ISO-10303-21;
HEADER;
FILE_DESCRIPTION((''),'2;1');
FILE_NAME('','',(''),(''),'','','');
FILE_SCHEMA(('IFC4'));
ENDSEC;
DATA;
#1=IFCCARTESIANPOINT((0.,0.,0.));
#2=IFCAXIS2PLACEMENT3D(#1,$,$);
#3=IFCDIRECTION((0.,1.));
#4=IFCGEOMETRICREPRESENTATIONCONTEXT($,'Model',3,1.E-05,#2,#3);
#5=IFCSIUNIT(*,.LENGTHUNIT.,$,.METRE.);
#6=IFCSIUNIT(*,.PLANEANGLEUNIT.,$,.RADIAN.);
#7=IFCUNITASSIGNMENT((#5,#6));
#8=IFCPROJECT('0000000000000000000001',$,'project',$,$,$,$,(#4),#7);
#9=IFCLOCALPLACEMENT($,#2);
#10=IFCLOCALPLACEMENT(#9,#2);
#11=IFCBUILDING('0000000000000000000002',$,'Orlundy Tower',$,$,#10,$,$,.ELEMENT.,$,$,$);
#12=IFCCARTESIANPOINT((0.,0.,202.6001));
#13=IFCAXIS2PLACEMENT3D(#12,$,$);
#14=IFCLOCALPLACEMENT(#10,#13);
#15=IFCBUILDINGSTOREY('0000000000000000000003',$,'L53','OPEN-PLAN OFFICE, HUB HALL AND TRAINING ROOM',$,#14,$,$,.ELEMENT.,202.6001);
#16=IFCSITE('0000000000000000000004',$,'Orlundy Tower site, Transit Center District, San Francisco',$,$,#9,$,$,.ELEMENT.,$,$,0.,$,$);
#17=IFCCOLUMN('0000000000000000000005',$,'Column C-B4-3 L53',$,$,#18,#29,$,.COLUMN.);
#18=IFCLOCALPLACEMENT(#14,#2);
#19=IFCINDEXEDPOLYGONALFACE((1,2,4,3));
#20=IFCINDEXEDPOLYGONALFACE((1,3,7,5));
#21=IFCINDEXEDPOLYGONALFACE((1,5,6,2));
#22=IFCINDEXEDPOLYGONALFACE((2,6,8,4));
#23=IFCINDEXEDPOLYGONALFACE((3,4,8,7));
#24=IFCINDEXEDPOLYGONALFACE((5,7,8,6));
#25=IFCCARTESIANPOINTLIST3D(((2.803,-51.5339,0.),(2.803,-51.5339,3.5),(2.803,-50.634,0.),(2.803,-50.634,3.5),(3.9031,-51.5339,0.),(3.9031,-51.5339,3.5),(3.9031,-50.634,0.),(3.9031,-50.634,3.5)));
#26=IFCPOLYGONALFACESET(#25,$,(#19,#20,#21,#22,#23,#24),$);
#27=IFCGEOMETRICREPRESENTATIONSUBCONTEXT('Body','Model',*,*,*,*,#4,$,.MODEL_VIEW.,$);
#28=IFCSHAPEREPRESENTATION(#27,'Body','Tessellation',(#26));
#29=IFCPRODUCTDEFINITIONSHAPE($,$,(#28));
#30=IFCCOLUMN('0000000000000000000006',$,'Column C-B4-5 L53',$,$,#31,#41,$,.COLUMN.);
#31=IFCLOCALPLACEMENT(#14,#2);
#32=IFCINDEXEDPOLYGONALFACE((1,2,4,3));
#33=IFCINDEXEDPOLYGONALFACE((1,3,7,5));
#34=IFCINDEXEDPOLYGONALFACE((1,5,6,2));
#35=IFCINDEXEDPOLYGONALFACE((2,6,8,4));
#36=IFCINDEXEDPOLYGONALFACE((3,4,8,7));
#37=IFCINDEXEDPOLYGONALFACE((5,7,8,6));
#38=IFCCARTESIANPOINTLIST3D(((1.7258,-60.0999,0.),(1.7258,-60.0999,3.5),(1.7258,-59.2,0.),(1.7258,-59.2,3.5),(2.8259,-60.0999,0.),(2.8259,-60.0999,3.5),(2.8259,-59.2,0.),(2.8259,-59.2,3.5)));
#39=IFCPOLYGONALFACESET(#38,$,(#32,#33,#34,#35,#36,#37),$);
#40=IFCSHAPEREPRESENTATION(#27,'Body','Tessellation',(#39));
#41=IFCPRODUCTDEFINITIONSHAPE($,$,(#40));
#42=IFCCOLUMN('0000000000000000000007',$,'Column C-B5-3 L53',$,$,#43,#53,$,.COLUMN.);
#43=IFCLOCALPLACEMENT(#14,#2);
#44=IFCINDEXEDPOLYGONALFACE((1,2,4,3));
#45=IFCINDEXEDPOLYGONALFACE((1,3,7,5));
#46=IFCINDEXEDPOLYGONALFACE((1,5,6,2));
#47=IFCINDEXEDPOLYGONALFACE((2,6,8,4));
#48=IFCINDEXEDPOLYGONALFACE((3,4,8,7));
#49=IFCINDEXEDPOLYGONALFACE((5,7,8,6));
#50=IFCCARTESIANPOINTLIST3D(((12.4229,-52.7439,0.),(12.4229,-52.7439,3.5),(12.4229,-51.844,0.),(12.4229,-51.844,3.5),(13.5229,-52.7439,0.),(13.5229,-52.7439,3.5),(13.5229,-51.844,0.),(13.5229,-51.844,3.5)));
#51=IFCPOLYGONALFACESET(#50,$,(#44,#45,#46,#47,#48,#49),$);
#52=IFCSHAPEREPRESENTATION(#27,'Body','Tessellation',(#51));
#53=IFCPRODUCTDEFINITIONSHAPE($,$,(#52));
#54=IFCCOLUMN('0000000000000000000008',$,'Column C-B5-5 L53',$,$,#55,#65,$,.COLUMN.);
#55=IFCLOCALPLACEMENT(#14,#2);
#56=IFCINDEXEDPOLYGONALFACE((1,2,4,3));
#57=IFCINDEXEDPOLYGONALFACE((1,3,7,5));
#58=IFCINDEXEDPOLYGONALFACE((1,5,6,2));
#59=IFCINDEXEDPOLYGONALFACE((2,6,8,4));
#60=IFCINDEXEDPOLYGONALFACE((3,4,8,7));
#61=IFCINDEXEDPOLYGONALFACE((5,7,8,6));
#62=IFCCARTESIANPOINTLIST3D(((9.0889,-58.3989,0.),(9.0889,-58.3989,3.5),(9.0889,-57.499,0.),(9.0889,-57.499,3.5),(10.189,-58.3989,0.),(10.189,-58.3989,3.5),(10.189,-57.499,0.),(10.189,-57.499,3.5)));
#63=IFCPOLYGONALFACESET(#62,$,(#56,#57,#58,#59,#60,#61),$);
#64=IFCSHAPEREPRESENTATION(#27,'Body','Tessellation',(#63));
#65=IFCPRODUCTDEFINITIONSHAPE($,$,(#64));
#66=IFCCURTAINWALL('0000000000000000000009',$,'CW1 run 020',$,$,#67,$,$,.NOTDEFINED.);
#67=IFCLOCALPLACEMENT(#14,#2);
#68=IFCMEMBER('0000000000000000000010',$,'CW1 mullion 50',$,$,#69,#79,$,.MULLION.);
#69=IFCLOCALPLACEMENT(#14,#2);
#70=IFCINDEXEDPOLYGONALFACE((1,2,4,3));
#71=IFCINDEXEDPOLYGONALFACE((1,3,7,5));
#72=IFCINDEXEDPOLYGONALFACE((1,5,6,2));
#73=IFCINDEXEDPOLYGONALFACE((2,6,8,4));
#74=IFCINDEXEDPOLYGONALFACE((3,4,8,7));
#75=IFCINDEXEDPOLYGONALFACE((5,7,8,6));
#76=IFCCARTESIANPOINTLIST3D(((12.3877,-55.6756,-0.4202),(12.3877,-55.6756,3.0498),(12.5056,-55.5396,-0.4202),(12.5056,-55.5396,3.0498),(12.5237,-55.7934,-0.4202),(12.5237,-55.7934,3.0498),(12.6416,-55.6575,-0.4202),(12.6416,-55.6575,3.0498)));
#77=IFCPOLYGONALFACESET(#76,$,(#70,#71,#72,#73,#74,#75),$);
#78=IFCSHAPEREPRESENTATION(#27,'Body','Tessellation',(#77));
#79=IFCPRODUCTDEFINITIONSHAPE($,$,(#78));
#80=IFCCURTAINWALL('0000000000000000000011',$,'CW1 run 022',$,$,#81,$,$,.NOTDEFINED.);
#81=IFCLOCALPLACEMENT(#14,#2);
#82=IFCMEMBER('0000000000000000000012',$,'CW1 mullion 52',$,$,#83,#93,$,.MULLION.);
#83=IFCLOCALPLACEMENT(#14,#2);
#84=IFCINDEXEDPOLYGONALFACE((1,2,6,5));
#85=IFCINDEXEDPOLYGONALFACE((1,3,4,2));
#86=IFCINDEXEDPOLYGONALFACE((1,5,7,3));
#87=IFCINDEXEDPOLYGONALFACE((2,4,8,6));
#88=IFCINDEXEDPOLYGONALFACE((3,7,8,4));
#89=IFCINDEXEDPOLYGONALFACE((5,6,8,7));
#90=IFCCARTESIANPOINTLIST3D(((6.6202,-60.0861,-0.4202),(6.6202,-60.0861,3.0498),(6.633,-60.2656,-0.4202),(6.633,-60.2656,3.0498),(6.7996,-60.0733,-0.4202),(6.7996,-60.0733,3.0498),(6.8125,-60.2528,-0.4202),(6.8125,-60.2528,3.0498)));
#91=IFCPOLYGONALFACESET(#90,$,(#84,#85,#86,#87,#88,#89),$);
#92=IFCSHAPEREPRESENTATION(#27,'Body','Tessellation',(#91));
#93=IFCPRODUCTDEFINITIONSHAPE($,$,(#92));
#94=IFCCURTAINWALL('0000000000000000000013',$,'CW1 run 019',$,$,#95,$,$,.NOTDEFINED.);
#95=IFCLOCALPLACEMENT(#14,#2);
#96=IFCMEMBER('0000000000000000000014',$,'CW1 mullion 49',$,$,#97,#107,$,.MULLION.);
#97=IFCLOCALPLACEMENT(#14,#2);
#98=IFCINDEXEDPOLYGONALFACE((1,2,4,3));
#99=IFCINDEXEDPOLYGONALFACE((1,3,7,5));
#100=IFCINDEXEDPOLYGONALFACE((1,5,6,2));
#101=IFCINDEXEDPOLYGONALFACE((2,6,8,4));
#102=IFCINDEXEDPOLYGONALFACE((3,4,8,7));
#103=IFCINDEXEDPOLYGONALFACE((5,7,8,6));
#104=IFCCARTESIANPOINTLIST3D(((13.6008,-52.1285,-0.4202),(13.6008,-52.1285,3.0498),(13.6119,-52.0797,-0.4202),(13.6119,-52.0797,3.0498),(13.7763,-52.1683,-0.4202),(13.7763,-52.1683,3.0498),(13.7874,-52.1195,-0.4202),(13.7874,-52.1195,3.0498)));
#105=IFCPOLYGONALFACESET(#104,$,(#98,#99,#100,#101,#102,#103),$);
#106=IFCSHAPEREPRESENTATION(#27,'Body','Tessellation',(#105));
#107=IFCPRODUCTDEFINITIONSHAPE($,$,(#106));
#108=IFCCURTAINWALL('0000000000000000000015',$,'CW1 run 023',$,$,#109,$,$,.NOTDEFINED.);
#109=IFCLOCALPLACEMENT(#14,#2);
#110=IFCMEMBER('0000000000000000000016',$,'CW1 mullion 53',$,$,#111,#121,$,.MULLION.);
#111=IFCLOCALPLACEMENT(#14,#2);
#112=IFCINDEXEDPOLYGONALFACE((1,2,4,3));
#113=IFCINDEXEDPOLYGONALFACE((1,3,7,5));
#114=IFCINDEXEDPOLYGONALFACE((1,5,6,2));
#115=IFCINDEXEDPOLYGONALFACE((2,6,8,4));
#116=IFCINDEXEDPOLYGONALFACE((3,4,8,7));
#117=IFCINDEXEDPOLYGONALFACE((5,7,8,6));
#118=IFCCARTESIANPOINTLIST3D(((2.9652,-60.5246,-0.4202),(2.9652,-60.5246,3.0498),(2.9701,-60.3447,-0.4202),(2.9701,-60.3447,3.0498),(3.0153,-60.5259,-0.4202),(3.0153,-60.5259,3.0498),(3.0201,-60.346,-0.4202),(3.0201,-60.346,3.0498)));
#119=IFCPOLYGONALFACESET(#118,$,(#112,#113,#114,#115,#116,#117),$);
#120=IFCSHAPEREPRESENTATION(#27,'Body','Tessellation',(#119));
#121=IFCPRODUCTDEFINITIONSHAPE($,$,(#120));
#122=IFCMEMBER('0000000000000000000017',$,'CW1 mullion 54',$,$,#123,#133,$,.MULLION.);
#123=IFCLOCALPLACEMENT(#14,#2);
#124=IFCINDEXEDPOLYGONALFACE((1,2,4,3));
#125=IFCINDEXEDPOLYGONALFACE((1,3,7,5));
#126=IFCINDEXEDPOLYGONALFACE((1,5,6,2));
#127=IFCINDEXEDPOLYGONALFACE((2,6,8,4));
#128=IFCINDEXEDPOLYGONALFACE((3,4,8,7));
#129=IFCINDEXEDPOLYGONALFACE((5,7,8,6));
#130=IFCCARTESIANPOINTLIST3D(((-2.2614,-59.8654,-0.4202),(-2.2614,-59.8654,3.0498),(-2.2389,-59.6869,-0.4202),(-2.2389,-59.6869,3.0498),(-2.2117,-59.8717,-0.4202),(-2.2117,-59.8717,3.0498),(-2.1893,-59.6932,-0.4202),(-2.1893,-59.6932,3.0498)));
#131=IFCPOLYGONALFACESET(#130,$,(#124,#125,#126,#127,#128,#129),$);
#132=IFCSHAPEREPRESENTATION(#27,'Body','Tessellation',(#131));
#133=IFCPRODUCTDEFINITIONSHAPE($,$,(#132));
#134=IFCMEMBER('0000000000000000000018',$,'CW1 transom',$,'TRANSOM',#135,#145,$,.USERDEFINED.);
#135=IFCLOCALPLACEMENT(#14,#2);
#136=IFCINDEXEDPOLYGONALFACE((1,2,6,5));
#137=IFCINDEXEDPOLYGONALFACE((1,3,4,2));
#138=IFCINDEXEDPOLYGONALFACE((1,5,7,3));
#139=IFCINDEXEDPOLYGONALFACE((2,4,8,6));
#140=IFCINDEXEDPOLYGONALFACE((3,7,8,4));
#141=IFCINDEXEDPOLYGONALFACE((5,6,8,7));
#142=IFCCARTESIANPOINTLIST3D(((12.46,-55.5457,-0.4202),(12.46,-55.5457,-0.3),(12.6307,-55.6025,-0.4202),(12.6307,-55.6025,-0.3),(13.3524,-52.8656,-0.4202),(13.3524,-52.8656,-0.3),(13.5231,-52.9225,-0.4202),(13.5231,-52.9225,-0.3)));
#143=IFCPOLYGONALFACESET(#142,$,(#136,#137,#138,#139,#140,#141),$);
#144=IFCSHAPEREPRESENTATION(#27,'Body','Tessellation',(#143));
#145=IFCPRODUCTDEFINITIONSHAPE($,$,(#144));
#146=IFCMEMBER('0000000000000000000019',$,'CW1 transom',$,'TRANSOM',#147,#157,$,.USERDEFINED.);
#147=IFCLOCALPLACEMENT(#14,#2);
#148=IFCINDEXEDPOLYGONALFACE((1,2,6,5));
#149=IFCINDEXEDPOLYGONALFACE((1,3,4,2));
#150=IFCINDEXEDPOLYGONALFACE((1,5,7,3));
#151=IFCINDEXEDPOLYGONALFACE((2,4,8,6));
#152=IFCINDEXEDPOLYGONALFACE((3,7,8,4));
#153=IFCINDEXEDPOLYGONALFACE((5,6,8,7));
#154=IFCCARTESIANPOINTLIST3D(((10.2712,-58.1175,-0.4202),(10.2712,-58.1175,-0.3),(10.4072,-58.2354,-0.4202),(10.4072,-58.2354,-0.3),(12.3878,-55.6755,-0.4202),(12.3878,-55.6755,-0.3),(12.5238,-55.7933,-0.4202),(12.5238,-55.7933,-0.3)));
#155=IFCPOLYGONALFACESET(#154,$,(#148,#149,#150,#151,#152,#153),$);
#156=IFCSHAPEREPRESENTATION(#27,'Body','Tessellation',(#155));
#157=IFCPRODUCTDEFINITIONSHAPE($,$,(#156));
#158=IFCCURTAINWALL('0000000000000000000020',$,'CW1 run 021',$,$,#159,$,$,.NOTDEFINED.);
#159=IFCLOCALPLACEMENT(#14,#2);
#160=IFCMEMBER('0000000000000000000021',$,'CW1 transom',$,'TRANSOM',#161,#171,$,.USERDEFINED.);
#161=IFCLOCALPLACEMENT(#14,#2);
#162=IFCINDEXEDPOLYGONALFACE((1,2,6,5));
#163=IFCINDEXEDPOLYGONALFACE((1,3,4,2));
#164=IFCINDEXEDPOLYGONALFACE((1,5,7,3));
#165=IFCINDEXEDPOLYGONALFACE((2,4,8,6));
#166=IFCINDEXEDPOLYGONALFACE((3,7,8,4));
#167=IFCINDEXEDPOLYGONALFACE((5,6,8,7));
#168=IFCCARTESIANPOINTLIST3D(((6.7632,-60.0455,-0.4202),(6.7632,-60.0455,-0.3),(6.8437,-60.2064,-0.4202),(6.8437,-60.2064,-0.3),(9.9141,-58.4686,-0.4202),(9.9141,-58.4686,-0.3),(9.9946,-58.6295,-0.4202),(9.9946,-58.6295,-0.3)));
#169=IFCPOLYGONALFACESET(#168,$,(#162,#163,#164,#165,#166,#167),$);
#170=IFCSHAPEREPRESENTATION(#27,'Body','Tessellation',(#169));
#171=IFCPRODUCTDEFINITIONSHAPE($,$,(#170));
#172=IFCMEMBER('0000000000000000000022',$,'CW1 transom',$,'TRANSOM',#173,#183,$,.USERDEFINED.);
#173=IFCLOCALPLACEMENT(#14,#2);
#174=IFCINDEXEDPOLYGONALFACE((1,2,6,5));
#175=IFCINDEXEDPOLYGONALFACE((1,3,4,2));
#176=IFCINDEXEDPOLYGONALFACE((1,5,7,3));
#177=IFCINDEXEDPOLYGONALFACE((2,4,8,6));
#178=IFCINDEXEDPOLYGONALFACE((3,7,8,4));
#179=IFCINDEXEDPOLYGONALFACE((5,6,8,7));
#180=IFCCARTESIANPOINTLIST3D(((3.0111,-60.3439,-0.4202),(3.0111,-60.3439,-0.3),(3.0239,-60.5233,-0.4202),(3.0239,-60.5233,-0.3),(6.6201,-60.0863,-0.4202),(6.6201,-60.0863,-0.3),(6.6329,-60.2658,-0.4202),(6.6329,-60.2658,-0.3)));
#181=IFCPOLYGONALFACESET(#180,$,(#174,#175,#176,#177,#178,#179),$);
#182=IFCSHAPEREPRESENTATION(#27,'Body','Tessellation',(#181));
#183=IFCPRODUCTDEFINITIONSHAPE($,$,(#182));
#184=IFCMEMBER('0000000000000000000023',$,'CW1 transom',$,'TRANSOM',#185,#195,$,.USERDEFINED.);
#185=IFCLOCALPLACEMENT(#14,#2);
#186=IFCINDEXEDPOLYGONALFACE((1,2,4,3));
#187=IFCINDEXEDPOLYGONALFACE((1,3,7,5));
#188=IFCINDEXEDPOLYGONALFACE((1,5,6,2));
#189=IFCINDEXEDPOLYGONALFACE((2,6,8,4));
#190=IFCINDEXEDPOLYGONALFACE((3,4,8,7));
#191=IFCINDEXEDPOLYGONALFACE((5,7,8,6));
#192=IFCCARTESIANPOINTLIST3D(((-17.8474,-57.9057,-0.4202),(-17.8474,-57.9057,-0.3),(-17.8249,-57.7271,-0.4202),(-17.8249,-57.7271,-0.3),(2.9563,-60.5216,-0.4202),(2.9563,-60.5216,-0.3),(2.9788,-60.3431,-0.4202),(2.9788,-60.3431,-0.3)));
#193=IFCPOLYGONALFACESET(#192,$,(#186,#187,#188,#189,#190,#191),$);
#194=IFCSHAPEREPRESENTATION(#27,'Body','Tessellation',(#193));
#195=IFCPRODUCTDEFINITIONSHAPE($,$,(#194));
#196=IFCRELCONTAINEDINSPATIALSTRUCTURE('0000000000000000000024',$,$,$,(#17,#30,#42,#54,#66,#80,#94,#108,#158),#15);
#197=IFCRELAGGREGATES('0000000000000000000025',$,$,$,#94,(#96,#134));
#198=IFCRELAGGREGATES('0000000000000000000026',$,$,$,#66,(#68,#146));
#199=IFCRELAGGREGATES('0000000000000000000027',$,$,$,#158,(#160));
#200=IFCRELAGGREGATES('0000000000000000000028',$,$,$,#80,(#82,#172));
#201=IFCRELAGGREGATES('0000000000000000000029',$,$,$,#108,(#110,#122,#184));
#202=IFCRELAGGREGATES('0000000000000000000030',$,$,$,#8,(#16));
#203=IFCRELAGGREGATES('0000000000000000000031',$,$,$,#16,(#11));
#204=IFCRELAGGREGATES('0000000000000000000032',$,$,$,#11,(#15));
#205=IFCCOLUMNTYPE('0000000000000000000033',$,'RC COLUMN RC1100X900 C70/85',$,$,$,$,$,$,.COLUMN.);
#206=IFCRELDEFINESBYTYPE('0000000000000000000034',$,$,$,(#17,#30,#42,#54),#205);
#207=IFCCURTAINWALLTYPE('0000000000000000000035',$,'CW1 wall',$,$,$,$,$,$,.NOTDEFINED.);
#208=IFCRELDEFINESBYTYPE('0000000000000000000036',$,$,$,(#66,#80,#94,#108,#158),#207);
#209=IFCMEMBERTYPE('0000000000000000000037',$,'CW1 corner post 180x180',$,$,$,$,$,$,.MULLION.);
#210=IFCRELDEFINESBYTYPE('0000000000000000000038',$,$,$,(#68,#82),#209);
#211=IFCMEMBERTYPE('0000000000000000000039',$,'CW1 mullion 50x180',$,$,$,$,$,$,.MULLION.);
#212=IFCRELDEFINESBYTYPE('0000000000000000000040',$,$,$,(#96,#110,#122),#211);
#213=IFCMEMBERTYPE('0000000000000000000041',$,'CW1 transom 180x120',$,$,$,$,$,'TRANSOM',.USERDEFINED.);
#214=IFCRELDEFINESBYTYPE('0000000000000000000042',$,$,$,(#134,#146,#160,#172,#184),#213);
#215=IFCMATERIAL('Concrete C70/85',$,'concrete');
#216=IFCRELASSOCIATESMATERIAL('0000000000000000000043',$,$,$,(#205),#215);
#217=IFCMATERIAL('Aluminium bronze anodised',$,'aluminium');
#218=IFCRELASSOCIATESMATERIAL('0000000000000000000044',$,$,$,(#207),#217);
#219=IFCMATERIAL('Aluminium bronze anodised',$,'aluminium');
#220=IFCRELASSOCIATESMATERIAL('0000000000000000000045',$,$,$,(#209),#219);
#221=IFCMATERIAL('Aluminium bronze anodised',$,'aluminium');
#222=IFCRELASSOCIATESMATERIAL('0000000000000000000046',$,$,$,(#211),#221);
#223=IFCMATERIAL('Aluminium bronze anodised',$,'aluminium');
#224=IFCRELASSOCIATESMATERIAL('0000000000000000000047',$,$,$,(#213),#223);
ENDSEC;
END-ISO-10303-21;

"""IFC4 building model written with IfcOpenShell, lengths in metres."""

from ifc_helpers import new_model, si_unit, direction, frame, origin, origin_2d, place, context, subcontext, project, spatial, rectangle, extrude, material, material_profile, profile_set, type_object, element, aggregate, save


model = new_model("IFC4")

# Units and contexts
model_context = context("Model", 3, precision=1e-05, world=origin(), true_north=direction((0.0, 1.0)))
body_context = subcontext(model_context, "Body", "Model", "MODEL_VIEW")
ifc_project = project(units=[si_unit("LENGTHUNIT", "METRE"), si_unit("PLANEANGLEUNIT", "RADIAN")], contexts=[model_context])

# Site, building, storey
site_placement = place(None, origin())
site = spatial("IfcSite", under=ifc_project, at=site_placement, Name="Orlundy Tower site, Transit Center District, San Francisco", CompositionType="ELEMENT", RefElevation=0.0)
building_placement = place(site_placement, origin())
building = spatial("IfcBuilding", under=site, at=building_placement, Name="Orlundy Tower", CompositionType="ELEMENT")
storey_placement = place(building_placement, frame((0.0, 0.0, 202.6001)))
storey = spatial("IfcBuildingStorey", under=building, at=storey_placement, Name="L53", Description="OPEN-PLAN OFFICE, HUB HALL AND TRAINING ROOM", CompositionType="ELEMENT", Elevation=202.6001)

# Columns
ifc_material_1 = material(Name="Concrete C70/85", Category="concrete")
ifc_material_profile_1 = material_profile(ifc_material_1, rectangle(XDim=1.1001, YDim=0.8999, at=origin_2d()), Name="RC1100X900")
ifc_profile_set_1 = profile_set([ifc_material_profile_1], Name="Concrete C70/85")
column_type = type_object("IfcColumnType", Name="RC COLUMN RC1100X900 C70/85", PredefinedType="COLUMN", material=ifc_profile_set_1)
for number, where, z_axis, x_axis, name in (
    (1, (3.353, -51.084, 0.0), (0.0, 0.0, 1.0), (1.0, 0.0, 0.0), "Column C-B4-3 L53"),
    (2, (2.2759, -59.6499, 0.0), (0.0, 0.0, 1.0), (1.0, 0.0, 0.0), "Column C-B4-5 L53"),
    (3, (12.9729, -52.2939, 0.0), (0.0, 0.0, 1.0), (1.0, 0.0, 0.0), "Column C-B5-3 L53"),
    (4, (9.6389, -57.949, 0.0), (0.0, 0.0, 1.0), (1.0, 0.0, 0.0), "Column C-B5-5 L53"),
):
    element("IfcColumn", number, at=place(storey_placement, frame(where, z_axis=z_axis, x_axis=x_axis)), inside=storey, type_object=column_type, Name=name, PredefinedType="COLUMN", context=body_context, shape_type="SweptSolid", body=[
        extrude(rectangle(XDim=1.1001, YDim=0.8999, at=origin_2d()), origin(), (0.0, 0.0, 1.0), 3.5),
    ])

# Curtain walls, members
ifc_material_2 = material(Name="Aluminium bronze anodised", Category="aluminium")
curtain_wall_type = type_object("IfcCurtainWallType", Name="CW1 wall", PredefinedType="NOTDEFINED", material=ifc_material_2)
curtain_wall_1_placement = place(storey_placement, origin())
curtain_wall_1 = element("IfcCurtainWall", 5, at=curtain_wall_1_placement, inside=storey, type_object=curtain_wall_type, Name="CW1 run 020", PredefinedType="NOTDEFINED")
ifc_material_3 = material(Name="Aluminium bronze anodised", Category="aluminium")
ifc_material_profile_2 = material_profile(ifc_material_3, rectangle(XDim=0.1799, YDim=0.1799, at=origin_2d()), Name="CW1 corner post 180x180")
ifc_profile_set_2 = profile_set([ifc_material_profile_2], Name="Aluminium bronze anodised")
member_type_1 = type_object("IfcMemberType", Name="CW1 corner post 180x180", PredefinedType="MULLION", material=ifc_profile_set_2)
member_1_placement = place(storey_placement, frame((12.5146, -55.6665, -0.4202), z_axis=(0.0, 0.0, 1.0), x_axis=(0.755627, -0.655002, 0.0)))
member_1 = element("IfcMember", 6, at=member_1_placement, type_object=member_type_1, Name="CW1 mullion 50", PredefinedType="MULLION", context=body_context, shape_type="SweptSolid", body=[
    extrude(rectangle(XDim=0.1799, YDim=0.1799, at=origin_2d()), origin(), (0.0, 0.0, 1.0), 3.47),
])
curtain_wall_2_placement = place(storey_placement, origin())
curtain_wall_2 = element("IfcCurtainWall", 7, at=curtain_wall_2_placement, inside=storey, type_object=curtain_wall_type, Name="CW1 run 022", PredefinedType="NOTDEFINED")
member_2_placement = place(storey_placement, frame((6.7163, -60.1694, -0.4202), z_axis=(0.0, 0.0, 1.0), x_axis=(0.071228, -0.99746, 0.0)))
member_2 = element("IfcMember", 8, at=member_2_placement, type_object=member_type_1, Name="CW1 mullion 52", PredefinedType="MULLION", context=body_context, shape_type="SweptSolid", body=[
    extrude(rectangle(XDim=0.1799, YDim=0.1799, at=origin_2d()), origin(), (0.0, 0.0, 1.0), 3.47),
])
curtain_wall_3_placement = place(storey_placement, origin())
curtain_wall_3 = element("IfcCurtainWall", 9, at=curtain_wall_3_placement, inside=storey, type_object=curtain_wall_type, Name="CW1 run 019", PredefinedType="NOTDEFINED")
ifc_material_4 = material(Name="Aluminium bronze anodised", Category="aluminium")
ifc_material_profile_3 = material_profile(ifc_material_4, rectangle(XDim=0.1799, YDim=0.05, at=origin_2d()), Name="CW1 mullion 50x180")
ifc_profile_set_3 = profile_set([ifc_material_profile_3], Name="Aluminium bronze anodised")
member_type_2 = type_object("IfcMemberType", Name="CW1 mullion 50x180", PredefinedType="MULLION", material=ifc_profile_set_3)
member_3_placement = place(storey_placement, frame((13.6941, -52.124, -0.4202), z_axis=(0.0, 0.0, 1.0), x_axis=(0.975186, -0.221389, 0.0)))
member_3 = element("IfcMember", 10, at=member_3_placement, type_object=member_type_2, Name="CW1 mullion 49", PredefinedType="MULLION", context=body_context, shape_type="SweptSolid", body=[
    extrude(rectangle(XDim=0.1799, YDim=0.05, at=origin_2d()), origin(), (0.0, 0.0, 1.0), 3.47),
])

# Curtain wall, members
curtain_wall_4_placement = place(storey_placement, origin())
curtain_wall_4 = element("IfcCurtainWall", 11, at=curtain_wall_4_placement, inside=storey, type_object=curtain_wall_type, Name="CW1 run 023", PredefinedType="NOTDEFINED")
member_4_placement = place(storey_placement, frame((2.9927, -60.4353, -0.4202), z_axis=(0.0, 0.0, 1.0), x_axis=(-0.026896, -0.999638, 0.0)))
member_4 = element("IfcMember", 12, at=member_4_placement, type_object=member_type_2, Name="CW1 mullion 53", PredefinedType="MULLION", context=body_context, shape_type="SweptSolid", body=[
    extrude(rectangle(XDim=0.1799, YDim=0.05, at=origin_2d()), origin(), (0.0, 0.0, 1.0), 3.47),
])
member_5_placement = place(storey_placement, frame((-2.2253, -59.7793, -0.4202), z_axis=(0.0, 0.0, 1.0), x_axis=(-0.124761, -0.992187, 0.0)))
member_5 = element("IfcMember", 13, at=member_5_placement, type_object=member_type_2, Name="CW1 mullion 54", PredefinedType="MULLION", context=body_context, shape_type="SweptSolid", body=[
    extrude(rectangle(XDim=0.1799, YDim=0.05, at=origin_2d()), origin(), (0.0, 0.0, 1.0), 3.47),
])

# Members
ifc_material_5 = material(Name="Aluminium bronze anodised", Category="aluminium")
ifc_material_profile_4 = material_profile(ifc_material_5, rectangle(XDim=0.1799, YDim=0.1201, at=origin_2d()), Name="CW1 transom 180x120")
ifc_profile_set_4 = profile_set([ifc_material_profile_4], Name="Aluminium bronze anodised")
member_type_3 = type_object("IfcMemberType", Name="CW1 transom 180x120", ElementType="TRANSOM", PredefinedType="USERDEFINED", material=ifc_profile_set_4)
member_6_placement = place(storey_placement, frame((13.4377, -52.894, -0.3601), z_axis=(-0.315917, -0.948787, 0.0), x_axis=(0.948787, -0.315917, 0.0)))
member_6 = element("IfcMember", 14, at=member_6_placement, type_object=member_type_3, Name="CW1 transom", ObjectType="TRANSOM", PredefinedType="USERDEFINED", context=body_context, shape_type="SweptSolid", body=[
    extrude(rectangle(XDim=0.1799, YDim=0.1201, at=origin_2d()), origin(), (0.0, 0.0, 1.0), 2.8247),
])
member_7_placement = place(storey_placement, frame((12.4558, -55.7344, -0.3601), z_axis=(-0.654962, -0.755662, 0.0), x_axis=(0.755662, -0.654962, 0.0)))
member_7 = element("IfcMember", 15, at=member_7_placement, type_object=member_type_3, Name="CW1 transom", ObjectType="TRANSOM", PredefinedType="USERDEFINED", context=body_context, shape_type="SweptSolid", body=[
    extrude(rectangle(XDim=0.1799, YDim=0.1201, at=origin_2d()), origin(), (0.0, 0.0, 1.0), 3.2317),
])

# Curtain wall, member
curtain_wall_5_placement = place(storey_placement, origin())
curtain_wall_5 = element("IfcCurtainWall", 16, at=curtain_wall_5_placement, inside=storey, type_object=curtain_wall_type, Name="CW1 run 021", PredefinedType="NOTDEFINED")
member_8_placement = place(storey_placement, frame((9.9543, -58.5491, -0.3601), z_axis=(-0.894261, -0.447546, 0.0), x_axis=(0.447546, -0.894261, 0.0)))
member_8 = element("IfcMember", 17, at=member_8_placement, type_object=member_type_3, Name="CW1 transom", ObjectType="TRANSOM", PredefinedType="USERDEFINED", context=body_context, shape_type="SweptSolid", body=[
    extrude(rectangle(XDim=0.1799, YDim=0.1201, at=origin_2d()), origin(), (0.0, 0.0, 1.0), 3.5234),
])

# Members
member_9_placement = place(storey_placement, frame((6.6265, -60.176, -0.3601), z_axis=(-0.997463, -0.07119, 0.0), x_axis=(0.07119, -0.997463, 0.0)))
member_9 = element("IfcMember", 18, at=member_9_placement, type_object=member_type_3, Name="CW1 transom", ObjectType="TRANSOM", PredefinedType="USERDEFINED", context=body_context, shape_type="SweptSolid", body=[
    extrude(rectangle(XDim=0.1799, YDim=0.1201, at=origin_2d()), origin(), (0.0, 0.0, 1.0), 3.6182),
])
member_10_placement = place(storey_placement, frame((2.9675, -60.4324, -0.3601), z_axis=(-0.992187, 0.124763, 0.0), x_axis=(-0.124763, -0.992187, 0.0)))
member_10 = element("IfcMember", 19, at=member_10_placement, type_object=member_type_3, Name="CW1 transom", ObjectType="TRANSOM", PredefinedType="USERDEFINED", context=body_context, shape_type="SweptSolid", body=[
    extrude(rectangle(XDim=0.1799, YDim=0.1201, at=origin_2d()), origin(), (0.0, 0.0, 1.0), 20.9675),
])

aggregate(curtain_wall_3, [member_3, member_6])
aggregate(curtain_wall_1, [member_1, member_7])
aggregate(curtain_wall_5, [member_8])
aggregate(curtain_wall_2, [member_2, member_9])
aggregate(curtain_wall_4, [member_4, member_5, member_10])

save(model, "model.ifc")
